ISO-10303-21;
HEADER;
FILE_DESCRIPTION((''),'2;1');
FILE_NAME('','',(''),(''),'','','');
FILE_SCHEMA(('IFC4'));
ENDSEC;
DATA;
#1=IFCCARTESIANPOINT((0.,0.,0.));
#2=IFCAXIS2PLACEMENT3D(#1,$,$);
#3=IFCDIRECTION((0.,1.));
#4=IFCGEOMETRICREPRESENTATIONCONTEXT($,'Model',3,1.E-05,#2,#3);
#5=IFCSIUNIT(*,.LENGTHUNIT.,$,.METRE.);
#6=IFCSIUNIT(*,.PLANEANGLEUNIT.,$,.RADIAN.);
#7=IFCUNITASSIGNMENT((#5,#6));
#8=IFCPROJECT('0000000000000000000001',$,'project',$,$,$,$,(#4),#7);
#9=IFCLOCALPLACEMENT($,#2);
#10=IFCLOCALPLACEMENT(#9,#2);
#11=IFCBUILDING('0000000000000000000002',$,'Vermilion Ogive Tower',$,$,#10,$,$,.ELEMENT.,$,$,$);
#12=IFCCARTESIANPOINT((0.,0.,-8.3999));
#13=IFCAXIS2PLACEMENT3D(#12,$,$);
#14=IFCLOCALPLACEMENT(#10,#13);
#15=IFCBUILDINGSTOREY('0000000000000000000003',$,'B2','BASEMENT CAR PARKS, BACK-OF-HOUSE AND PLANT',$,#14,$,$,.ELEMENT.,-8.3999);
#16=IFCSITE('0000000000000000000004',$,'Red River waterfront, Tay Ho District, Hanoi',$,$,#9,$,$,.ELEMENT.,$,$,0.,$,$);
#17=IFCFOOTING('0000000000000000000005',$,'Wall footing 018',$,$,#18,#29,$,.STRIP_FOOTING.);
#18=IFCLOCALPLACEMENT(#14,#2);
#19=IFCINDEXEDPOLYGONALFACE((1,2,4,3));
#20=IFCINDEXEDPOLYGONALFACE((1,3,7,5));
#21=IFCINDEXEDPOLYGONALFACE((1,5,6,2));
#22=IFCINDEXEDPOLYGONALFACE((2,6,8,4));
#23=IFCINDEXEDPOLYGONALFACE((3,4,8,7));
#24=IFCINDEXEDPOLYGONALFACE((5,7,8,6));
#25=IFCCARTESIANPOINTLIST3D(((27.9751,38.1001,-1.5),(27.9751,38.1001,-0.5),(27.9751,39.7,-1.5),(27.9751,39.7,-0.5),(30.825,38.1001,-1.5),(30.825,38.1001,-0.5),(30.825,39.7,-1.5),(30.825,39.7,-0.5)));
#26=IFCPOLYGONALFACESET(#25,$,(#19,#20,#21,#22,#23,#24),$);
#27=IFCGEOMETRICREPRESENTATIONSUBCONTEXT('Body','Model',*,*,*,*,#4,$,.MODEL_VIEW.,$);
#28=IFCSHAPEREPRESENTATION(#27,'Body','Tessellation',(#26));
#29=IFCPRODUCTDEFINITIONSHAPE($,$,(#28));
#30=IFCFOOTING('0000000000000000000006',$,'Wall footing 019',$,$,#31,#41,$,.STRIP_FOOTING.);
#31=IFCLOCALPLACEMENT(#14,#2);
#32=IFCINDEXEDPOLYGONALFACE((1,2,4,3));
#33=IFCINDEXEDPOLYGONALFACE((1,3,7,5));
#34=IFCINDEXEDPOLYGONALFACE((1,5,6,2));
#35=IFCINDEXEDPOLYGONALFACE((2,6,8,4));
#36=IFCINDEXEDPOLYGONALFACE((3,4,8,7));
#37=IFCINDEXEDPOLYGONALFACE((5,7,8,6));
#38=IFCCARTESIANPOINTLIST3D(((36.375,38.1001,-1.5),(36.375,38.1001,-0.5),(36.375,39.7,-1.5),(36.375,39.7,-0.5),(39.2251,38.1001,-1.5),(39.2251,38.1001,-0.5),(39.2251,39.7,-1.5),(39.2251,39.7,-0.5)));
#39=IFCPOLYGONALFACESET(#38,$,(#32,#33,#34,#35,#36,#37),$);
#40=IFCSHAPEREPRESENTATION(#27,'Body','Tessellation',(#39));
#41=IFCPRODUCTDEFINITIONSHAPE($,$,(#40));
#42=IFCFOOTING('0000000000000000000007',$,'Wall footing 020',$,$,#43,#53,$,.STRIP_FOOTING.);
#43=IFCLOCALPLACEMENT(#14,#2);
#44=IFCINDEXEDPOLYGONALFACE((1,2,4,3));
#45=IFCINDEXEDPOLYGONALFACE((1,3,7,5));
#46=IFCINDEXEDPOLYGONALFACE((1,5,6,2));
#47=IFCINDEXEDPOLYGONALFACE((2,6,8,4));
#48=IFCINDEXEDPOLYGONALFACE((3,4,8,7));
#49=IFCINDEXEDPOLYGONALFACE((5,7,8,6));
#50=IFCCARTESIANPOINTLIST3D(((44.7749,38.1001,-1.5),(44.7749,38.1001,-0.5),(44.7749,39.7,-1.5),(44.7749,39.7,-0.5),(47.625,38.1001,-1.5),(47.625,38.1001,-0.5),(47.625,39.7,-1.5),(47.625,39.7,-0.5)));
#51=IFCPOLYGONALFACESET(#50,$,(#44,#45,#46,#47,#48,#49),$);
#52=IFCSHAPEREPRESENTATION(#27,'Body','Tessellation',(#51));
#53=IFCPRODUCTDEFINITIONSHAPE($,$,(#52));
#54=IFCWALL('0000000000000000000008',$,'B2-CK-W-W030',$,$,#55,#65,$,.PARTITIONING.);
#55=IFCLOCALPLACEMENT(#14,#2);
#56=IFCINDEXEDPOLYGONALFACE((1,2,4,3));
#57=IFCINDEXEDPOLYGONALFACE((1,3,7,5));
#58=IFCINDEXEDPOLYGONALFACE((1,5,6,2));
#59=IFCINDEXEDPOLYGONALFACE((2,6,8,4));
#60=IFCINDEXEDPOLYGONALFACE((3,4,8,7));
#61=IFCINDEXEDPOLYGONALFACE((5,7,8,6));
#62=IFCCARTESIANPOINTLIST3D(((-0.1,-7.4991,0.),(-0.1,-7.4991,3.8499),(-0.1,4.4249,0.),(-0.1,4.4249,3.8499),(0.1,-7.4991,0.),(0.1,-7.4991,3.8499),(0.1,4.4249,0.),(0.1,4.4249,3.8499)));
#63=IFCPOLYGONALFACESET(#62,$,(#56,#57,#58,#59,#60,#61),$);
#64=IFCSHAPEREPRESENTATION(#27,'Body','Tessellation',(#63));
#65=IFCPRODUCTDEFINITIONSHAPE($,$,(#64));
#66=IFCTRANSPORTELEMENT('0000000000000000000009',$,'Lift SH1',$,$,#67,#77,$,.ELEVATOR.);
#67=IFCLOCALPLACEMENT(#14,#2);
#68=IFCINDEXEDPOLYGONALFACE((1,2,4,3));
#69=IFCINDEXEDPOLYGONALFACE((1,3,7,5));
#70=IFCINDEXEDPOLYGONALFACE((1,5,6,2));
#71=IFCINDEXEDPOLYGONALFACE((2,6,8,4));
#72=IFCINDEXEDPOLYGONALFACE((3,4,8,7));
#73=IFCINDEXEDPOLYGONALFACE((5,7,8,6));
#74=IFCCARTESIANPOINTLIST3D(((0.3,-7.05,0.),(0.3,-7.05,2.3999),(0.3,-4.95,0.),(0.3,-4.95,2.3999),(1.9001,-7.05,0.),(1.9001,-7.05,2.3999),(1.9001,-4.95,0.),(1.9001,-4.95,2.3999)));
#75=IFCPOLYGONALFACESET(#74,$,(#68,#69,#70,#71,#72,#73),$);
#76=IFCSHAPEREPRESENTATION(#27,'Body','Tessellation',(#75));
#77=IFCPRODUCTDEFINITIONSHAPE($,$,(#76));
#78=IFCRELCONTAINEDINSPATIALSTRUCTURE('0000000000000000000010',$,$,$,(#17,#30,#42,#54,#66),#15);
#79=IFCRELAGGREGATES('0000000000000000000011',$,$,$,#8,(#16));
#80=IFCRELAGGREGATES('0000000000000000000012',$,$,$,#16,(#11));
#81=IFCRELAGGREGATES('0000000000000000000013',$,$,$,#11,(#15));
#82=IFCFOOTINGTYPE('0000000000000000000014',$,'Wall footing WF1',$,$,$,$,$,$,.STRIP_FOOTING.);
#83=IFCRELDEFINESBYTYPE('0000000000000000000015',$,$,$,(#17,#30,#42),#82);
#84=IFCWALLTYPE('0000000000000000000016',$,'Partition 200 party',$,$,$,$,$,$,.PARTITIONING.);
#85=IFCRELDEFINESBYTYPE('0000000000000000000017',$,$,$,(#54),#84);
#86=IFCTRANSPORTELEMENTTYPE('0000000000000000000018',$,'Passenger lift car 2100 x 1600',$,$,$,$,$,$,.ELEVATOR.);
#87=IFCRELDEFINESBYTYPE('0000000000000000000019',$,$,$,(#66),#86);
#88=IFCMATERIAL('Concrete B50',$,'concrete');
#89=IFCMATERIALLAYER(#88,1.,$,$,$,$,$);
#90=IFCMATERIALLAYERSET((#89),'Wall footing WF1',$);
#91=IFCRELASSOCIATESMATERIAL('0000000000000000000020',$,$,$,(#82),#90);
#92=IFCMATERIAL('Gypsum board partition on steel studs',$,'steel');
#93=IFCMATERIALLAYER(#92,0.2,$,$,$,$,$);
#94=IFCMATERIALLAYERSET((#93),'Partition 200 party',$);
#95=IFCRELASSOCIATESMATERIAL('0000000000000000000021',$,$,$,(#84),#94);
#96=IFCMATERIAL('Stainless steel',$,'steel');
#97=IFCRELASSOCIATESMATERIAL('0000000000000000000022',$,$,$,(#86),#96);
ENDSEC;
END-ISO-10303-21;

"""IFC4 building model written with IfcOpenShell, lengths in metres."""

from ifc_helpers import new_model, si_unit, direction, frame, frame_2d, origin, origin_2d, place, context, subcontext, project, spatial, polyline, rectangle, outline, extrude, material, layer, layer_set, type_object, element, save


model = new_model("IFC4")

# Units and contexts
model_context = context("Model", 3, precision=1e-05, world=origin(), true_north=direction((0.0, 1.0)))
body_context = subcontext(model_context, "Body", "Model", "MODEL_VIEW")
ifc_project = project(units=[si_unit("LENGTHUNIT", "METRE"), si_unit("PLANEANGLEUNIT", "RADIAN")], contexts=[model_context])

# Site, building, storey
site_placement = place(None, origin())
site = spatial("IfcSite", under=ifc_project, at=site_placement, Name="Red River waterfront, Tay Ho District, Hanoi", CompositionType="ELEMENT", RefElevation=0.0)
building_placement = place(site_placement, origin())
building = spatial("IfcBuilding", under=site, at=building_placement, Name="Vermilion Ogive Tower", CompositionType="ELEMENT")
storey_placement = place(building_placement, frame((0.0, 0.0, -8.3999)))
storey = spatial("IfcBuildingStorey", under=building, at=storey_placement, Name="B2", Description="BASEMENT CAR PARKS, BACK-OF-HOUSE AND PLANT", CompositionType="ELEMENT", Elevation=-8.3999)

# Footings
ifc_material_1 = material(Name="Concrete B50", Category="concrete")
ifc_layer_1 = layer(ifc_material_1, 1.0)
ifc_layer_set_1 = layer_set([ifc_layer_1], Name="Wall footing WF1")
footing_type_1 = type_object("IfcFootingType", Name="Wall footing WF1", PredefinedType="STRIP_FOOTING", material=ifc_layer_set_1)
footing_1_placement = place(storey_placement, frame((0.0, 0.0, -1.5)))
element("IfcFooting", 1, at=footing_1_placement, inside=storey, type_object=footing_type_1, Name="Wall footing 018", PredefinedType="STRIP_FOOTING", context=body_context, shape_type="SweptSolid", body=[
    extrude(outline(polyline([(30.825, 38.1001), (30.825, 39.7), (27.9751, 39.7), (27.9751, 38.1001), (30.825, 38.1001)])), origin(), (0.0, 0.0, 1.0), 1.0),
])
footing_2_placement = place(storey_placement, frame((0.0, 0.0, -1.5)))
element("IfcFooting", 2, at=footing_2_placement, inside=storey, type_object=footing_type_1, Name="Wall footing 019", PredefinedType="STRIP_FOOTING", context=body_context, shape_type="SweptSolid", body=[
    extrude(outline(polyline([(39.2251, 38.1001), (39.2251, 39.7), (36.375, 39.7), (36.375, 38.1001), (39.2251, 38.1001)])), origin(), (0.0, 0.0, 1.0), 1.0),
])
footing_3_placement = place(storey_placement, frame((0.0, 0.0, -1.5)))
element("IfcFooting", 3, at=footing_3_placement, inside=storey, type_object=footing_type_1, Name="Wall footing 020", PredefinedType="STRIP_FOOTING", context=body_context, shape_type="SweptSolid", body=[
    extrude(outline(polyline([(47.625, 38.1001), (47.625, 39.7), (44.7749, 39.7), (44.7749, 38.1001), (47.625, 38.1001)])), origin(), (0.0, 0.0, 1.0), 1.0),
])

# Wall
ifc_material_2 = material(Name="Gypsum board partition on steel studs", Category="steel")
ifc_layer_2 = layer(ifc_material_2, 0.2)
ifc_layer_set_2 = layer_set([ifc_layer_2], Name="Partition 200 party")
wall_type = type_object("IfcWallType", Name="Partition 200 party", PredefinedType="PARTITIONING", material=ifc_layer_set_2)
wall_placement = place(storey_placement, frame((0.0, -7.499, 0.0), z_axis=(0.0, 0.0, 1.0), x_axis=(0.0, 1.0, 0.0)))
element("IfcWall", 4, at=wall_placement, inside=storey, type_object=wall_type, Name="B2-CK-W-W030", PredefinedType="PARTITIONING", context=body_context, shape_type="SweptSolid", body=[
    extrude(rectangle(XDim=11.9241, YDim=0.2, at=frame_2d((5.9619, 0.0))), origin(), (0.0, 0.0, 1.0), 3.8499),
])

# Transport element
ifc_material_3 = material(Name="Stainless steel", Category="steel")
transport_element_type = type_object("IfcTransportElementType", Name="Passenger lift car 2100 x 1600", PredefinedType="ELEVATOR", material=ifc_material_3)
transport_element_placement = place(storey_placement, frame((1.1001, -6.0, 0.0), z_axis=(0.0, 0.0, 1.0), x_axis=(1.0, 0.0, 0.0)))
element("IfcTransportElement", 5, at=transport_element_placement, inside=storey, type_object=transport_element_type, Name="Lift SH1", PredefinedType="ELEVATOR", context=body_context, shape_type="SweptSolid", body=[
    extrude(rectangle(XDim=1.6001, YDim=2.1001, at=origin_2d()), origin(), (0.0, 0.0, 1.0), 2.3999),
])

save(model, "model.ifc")
